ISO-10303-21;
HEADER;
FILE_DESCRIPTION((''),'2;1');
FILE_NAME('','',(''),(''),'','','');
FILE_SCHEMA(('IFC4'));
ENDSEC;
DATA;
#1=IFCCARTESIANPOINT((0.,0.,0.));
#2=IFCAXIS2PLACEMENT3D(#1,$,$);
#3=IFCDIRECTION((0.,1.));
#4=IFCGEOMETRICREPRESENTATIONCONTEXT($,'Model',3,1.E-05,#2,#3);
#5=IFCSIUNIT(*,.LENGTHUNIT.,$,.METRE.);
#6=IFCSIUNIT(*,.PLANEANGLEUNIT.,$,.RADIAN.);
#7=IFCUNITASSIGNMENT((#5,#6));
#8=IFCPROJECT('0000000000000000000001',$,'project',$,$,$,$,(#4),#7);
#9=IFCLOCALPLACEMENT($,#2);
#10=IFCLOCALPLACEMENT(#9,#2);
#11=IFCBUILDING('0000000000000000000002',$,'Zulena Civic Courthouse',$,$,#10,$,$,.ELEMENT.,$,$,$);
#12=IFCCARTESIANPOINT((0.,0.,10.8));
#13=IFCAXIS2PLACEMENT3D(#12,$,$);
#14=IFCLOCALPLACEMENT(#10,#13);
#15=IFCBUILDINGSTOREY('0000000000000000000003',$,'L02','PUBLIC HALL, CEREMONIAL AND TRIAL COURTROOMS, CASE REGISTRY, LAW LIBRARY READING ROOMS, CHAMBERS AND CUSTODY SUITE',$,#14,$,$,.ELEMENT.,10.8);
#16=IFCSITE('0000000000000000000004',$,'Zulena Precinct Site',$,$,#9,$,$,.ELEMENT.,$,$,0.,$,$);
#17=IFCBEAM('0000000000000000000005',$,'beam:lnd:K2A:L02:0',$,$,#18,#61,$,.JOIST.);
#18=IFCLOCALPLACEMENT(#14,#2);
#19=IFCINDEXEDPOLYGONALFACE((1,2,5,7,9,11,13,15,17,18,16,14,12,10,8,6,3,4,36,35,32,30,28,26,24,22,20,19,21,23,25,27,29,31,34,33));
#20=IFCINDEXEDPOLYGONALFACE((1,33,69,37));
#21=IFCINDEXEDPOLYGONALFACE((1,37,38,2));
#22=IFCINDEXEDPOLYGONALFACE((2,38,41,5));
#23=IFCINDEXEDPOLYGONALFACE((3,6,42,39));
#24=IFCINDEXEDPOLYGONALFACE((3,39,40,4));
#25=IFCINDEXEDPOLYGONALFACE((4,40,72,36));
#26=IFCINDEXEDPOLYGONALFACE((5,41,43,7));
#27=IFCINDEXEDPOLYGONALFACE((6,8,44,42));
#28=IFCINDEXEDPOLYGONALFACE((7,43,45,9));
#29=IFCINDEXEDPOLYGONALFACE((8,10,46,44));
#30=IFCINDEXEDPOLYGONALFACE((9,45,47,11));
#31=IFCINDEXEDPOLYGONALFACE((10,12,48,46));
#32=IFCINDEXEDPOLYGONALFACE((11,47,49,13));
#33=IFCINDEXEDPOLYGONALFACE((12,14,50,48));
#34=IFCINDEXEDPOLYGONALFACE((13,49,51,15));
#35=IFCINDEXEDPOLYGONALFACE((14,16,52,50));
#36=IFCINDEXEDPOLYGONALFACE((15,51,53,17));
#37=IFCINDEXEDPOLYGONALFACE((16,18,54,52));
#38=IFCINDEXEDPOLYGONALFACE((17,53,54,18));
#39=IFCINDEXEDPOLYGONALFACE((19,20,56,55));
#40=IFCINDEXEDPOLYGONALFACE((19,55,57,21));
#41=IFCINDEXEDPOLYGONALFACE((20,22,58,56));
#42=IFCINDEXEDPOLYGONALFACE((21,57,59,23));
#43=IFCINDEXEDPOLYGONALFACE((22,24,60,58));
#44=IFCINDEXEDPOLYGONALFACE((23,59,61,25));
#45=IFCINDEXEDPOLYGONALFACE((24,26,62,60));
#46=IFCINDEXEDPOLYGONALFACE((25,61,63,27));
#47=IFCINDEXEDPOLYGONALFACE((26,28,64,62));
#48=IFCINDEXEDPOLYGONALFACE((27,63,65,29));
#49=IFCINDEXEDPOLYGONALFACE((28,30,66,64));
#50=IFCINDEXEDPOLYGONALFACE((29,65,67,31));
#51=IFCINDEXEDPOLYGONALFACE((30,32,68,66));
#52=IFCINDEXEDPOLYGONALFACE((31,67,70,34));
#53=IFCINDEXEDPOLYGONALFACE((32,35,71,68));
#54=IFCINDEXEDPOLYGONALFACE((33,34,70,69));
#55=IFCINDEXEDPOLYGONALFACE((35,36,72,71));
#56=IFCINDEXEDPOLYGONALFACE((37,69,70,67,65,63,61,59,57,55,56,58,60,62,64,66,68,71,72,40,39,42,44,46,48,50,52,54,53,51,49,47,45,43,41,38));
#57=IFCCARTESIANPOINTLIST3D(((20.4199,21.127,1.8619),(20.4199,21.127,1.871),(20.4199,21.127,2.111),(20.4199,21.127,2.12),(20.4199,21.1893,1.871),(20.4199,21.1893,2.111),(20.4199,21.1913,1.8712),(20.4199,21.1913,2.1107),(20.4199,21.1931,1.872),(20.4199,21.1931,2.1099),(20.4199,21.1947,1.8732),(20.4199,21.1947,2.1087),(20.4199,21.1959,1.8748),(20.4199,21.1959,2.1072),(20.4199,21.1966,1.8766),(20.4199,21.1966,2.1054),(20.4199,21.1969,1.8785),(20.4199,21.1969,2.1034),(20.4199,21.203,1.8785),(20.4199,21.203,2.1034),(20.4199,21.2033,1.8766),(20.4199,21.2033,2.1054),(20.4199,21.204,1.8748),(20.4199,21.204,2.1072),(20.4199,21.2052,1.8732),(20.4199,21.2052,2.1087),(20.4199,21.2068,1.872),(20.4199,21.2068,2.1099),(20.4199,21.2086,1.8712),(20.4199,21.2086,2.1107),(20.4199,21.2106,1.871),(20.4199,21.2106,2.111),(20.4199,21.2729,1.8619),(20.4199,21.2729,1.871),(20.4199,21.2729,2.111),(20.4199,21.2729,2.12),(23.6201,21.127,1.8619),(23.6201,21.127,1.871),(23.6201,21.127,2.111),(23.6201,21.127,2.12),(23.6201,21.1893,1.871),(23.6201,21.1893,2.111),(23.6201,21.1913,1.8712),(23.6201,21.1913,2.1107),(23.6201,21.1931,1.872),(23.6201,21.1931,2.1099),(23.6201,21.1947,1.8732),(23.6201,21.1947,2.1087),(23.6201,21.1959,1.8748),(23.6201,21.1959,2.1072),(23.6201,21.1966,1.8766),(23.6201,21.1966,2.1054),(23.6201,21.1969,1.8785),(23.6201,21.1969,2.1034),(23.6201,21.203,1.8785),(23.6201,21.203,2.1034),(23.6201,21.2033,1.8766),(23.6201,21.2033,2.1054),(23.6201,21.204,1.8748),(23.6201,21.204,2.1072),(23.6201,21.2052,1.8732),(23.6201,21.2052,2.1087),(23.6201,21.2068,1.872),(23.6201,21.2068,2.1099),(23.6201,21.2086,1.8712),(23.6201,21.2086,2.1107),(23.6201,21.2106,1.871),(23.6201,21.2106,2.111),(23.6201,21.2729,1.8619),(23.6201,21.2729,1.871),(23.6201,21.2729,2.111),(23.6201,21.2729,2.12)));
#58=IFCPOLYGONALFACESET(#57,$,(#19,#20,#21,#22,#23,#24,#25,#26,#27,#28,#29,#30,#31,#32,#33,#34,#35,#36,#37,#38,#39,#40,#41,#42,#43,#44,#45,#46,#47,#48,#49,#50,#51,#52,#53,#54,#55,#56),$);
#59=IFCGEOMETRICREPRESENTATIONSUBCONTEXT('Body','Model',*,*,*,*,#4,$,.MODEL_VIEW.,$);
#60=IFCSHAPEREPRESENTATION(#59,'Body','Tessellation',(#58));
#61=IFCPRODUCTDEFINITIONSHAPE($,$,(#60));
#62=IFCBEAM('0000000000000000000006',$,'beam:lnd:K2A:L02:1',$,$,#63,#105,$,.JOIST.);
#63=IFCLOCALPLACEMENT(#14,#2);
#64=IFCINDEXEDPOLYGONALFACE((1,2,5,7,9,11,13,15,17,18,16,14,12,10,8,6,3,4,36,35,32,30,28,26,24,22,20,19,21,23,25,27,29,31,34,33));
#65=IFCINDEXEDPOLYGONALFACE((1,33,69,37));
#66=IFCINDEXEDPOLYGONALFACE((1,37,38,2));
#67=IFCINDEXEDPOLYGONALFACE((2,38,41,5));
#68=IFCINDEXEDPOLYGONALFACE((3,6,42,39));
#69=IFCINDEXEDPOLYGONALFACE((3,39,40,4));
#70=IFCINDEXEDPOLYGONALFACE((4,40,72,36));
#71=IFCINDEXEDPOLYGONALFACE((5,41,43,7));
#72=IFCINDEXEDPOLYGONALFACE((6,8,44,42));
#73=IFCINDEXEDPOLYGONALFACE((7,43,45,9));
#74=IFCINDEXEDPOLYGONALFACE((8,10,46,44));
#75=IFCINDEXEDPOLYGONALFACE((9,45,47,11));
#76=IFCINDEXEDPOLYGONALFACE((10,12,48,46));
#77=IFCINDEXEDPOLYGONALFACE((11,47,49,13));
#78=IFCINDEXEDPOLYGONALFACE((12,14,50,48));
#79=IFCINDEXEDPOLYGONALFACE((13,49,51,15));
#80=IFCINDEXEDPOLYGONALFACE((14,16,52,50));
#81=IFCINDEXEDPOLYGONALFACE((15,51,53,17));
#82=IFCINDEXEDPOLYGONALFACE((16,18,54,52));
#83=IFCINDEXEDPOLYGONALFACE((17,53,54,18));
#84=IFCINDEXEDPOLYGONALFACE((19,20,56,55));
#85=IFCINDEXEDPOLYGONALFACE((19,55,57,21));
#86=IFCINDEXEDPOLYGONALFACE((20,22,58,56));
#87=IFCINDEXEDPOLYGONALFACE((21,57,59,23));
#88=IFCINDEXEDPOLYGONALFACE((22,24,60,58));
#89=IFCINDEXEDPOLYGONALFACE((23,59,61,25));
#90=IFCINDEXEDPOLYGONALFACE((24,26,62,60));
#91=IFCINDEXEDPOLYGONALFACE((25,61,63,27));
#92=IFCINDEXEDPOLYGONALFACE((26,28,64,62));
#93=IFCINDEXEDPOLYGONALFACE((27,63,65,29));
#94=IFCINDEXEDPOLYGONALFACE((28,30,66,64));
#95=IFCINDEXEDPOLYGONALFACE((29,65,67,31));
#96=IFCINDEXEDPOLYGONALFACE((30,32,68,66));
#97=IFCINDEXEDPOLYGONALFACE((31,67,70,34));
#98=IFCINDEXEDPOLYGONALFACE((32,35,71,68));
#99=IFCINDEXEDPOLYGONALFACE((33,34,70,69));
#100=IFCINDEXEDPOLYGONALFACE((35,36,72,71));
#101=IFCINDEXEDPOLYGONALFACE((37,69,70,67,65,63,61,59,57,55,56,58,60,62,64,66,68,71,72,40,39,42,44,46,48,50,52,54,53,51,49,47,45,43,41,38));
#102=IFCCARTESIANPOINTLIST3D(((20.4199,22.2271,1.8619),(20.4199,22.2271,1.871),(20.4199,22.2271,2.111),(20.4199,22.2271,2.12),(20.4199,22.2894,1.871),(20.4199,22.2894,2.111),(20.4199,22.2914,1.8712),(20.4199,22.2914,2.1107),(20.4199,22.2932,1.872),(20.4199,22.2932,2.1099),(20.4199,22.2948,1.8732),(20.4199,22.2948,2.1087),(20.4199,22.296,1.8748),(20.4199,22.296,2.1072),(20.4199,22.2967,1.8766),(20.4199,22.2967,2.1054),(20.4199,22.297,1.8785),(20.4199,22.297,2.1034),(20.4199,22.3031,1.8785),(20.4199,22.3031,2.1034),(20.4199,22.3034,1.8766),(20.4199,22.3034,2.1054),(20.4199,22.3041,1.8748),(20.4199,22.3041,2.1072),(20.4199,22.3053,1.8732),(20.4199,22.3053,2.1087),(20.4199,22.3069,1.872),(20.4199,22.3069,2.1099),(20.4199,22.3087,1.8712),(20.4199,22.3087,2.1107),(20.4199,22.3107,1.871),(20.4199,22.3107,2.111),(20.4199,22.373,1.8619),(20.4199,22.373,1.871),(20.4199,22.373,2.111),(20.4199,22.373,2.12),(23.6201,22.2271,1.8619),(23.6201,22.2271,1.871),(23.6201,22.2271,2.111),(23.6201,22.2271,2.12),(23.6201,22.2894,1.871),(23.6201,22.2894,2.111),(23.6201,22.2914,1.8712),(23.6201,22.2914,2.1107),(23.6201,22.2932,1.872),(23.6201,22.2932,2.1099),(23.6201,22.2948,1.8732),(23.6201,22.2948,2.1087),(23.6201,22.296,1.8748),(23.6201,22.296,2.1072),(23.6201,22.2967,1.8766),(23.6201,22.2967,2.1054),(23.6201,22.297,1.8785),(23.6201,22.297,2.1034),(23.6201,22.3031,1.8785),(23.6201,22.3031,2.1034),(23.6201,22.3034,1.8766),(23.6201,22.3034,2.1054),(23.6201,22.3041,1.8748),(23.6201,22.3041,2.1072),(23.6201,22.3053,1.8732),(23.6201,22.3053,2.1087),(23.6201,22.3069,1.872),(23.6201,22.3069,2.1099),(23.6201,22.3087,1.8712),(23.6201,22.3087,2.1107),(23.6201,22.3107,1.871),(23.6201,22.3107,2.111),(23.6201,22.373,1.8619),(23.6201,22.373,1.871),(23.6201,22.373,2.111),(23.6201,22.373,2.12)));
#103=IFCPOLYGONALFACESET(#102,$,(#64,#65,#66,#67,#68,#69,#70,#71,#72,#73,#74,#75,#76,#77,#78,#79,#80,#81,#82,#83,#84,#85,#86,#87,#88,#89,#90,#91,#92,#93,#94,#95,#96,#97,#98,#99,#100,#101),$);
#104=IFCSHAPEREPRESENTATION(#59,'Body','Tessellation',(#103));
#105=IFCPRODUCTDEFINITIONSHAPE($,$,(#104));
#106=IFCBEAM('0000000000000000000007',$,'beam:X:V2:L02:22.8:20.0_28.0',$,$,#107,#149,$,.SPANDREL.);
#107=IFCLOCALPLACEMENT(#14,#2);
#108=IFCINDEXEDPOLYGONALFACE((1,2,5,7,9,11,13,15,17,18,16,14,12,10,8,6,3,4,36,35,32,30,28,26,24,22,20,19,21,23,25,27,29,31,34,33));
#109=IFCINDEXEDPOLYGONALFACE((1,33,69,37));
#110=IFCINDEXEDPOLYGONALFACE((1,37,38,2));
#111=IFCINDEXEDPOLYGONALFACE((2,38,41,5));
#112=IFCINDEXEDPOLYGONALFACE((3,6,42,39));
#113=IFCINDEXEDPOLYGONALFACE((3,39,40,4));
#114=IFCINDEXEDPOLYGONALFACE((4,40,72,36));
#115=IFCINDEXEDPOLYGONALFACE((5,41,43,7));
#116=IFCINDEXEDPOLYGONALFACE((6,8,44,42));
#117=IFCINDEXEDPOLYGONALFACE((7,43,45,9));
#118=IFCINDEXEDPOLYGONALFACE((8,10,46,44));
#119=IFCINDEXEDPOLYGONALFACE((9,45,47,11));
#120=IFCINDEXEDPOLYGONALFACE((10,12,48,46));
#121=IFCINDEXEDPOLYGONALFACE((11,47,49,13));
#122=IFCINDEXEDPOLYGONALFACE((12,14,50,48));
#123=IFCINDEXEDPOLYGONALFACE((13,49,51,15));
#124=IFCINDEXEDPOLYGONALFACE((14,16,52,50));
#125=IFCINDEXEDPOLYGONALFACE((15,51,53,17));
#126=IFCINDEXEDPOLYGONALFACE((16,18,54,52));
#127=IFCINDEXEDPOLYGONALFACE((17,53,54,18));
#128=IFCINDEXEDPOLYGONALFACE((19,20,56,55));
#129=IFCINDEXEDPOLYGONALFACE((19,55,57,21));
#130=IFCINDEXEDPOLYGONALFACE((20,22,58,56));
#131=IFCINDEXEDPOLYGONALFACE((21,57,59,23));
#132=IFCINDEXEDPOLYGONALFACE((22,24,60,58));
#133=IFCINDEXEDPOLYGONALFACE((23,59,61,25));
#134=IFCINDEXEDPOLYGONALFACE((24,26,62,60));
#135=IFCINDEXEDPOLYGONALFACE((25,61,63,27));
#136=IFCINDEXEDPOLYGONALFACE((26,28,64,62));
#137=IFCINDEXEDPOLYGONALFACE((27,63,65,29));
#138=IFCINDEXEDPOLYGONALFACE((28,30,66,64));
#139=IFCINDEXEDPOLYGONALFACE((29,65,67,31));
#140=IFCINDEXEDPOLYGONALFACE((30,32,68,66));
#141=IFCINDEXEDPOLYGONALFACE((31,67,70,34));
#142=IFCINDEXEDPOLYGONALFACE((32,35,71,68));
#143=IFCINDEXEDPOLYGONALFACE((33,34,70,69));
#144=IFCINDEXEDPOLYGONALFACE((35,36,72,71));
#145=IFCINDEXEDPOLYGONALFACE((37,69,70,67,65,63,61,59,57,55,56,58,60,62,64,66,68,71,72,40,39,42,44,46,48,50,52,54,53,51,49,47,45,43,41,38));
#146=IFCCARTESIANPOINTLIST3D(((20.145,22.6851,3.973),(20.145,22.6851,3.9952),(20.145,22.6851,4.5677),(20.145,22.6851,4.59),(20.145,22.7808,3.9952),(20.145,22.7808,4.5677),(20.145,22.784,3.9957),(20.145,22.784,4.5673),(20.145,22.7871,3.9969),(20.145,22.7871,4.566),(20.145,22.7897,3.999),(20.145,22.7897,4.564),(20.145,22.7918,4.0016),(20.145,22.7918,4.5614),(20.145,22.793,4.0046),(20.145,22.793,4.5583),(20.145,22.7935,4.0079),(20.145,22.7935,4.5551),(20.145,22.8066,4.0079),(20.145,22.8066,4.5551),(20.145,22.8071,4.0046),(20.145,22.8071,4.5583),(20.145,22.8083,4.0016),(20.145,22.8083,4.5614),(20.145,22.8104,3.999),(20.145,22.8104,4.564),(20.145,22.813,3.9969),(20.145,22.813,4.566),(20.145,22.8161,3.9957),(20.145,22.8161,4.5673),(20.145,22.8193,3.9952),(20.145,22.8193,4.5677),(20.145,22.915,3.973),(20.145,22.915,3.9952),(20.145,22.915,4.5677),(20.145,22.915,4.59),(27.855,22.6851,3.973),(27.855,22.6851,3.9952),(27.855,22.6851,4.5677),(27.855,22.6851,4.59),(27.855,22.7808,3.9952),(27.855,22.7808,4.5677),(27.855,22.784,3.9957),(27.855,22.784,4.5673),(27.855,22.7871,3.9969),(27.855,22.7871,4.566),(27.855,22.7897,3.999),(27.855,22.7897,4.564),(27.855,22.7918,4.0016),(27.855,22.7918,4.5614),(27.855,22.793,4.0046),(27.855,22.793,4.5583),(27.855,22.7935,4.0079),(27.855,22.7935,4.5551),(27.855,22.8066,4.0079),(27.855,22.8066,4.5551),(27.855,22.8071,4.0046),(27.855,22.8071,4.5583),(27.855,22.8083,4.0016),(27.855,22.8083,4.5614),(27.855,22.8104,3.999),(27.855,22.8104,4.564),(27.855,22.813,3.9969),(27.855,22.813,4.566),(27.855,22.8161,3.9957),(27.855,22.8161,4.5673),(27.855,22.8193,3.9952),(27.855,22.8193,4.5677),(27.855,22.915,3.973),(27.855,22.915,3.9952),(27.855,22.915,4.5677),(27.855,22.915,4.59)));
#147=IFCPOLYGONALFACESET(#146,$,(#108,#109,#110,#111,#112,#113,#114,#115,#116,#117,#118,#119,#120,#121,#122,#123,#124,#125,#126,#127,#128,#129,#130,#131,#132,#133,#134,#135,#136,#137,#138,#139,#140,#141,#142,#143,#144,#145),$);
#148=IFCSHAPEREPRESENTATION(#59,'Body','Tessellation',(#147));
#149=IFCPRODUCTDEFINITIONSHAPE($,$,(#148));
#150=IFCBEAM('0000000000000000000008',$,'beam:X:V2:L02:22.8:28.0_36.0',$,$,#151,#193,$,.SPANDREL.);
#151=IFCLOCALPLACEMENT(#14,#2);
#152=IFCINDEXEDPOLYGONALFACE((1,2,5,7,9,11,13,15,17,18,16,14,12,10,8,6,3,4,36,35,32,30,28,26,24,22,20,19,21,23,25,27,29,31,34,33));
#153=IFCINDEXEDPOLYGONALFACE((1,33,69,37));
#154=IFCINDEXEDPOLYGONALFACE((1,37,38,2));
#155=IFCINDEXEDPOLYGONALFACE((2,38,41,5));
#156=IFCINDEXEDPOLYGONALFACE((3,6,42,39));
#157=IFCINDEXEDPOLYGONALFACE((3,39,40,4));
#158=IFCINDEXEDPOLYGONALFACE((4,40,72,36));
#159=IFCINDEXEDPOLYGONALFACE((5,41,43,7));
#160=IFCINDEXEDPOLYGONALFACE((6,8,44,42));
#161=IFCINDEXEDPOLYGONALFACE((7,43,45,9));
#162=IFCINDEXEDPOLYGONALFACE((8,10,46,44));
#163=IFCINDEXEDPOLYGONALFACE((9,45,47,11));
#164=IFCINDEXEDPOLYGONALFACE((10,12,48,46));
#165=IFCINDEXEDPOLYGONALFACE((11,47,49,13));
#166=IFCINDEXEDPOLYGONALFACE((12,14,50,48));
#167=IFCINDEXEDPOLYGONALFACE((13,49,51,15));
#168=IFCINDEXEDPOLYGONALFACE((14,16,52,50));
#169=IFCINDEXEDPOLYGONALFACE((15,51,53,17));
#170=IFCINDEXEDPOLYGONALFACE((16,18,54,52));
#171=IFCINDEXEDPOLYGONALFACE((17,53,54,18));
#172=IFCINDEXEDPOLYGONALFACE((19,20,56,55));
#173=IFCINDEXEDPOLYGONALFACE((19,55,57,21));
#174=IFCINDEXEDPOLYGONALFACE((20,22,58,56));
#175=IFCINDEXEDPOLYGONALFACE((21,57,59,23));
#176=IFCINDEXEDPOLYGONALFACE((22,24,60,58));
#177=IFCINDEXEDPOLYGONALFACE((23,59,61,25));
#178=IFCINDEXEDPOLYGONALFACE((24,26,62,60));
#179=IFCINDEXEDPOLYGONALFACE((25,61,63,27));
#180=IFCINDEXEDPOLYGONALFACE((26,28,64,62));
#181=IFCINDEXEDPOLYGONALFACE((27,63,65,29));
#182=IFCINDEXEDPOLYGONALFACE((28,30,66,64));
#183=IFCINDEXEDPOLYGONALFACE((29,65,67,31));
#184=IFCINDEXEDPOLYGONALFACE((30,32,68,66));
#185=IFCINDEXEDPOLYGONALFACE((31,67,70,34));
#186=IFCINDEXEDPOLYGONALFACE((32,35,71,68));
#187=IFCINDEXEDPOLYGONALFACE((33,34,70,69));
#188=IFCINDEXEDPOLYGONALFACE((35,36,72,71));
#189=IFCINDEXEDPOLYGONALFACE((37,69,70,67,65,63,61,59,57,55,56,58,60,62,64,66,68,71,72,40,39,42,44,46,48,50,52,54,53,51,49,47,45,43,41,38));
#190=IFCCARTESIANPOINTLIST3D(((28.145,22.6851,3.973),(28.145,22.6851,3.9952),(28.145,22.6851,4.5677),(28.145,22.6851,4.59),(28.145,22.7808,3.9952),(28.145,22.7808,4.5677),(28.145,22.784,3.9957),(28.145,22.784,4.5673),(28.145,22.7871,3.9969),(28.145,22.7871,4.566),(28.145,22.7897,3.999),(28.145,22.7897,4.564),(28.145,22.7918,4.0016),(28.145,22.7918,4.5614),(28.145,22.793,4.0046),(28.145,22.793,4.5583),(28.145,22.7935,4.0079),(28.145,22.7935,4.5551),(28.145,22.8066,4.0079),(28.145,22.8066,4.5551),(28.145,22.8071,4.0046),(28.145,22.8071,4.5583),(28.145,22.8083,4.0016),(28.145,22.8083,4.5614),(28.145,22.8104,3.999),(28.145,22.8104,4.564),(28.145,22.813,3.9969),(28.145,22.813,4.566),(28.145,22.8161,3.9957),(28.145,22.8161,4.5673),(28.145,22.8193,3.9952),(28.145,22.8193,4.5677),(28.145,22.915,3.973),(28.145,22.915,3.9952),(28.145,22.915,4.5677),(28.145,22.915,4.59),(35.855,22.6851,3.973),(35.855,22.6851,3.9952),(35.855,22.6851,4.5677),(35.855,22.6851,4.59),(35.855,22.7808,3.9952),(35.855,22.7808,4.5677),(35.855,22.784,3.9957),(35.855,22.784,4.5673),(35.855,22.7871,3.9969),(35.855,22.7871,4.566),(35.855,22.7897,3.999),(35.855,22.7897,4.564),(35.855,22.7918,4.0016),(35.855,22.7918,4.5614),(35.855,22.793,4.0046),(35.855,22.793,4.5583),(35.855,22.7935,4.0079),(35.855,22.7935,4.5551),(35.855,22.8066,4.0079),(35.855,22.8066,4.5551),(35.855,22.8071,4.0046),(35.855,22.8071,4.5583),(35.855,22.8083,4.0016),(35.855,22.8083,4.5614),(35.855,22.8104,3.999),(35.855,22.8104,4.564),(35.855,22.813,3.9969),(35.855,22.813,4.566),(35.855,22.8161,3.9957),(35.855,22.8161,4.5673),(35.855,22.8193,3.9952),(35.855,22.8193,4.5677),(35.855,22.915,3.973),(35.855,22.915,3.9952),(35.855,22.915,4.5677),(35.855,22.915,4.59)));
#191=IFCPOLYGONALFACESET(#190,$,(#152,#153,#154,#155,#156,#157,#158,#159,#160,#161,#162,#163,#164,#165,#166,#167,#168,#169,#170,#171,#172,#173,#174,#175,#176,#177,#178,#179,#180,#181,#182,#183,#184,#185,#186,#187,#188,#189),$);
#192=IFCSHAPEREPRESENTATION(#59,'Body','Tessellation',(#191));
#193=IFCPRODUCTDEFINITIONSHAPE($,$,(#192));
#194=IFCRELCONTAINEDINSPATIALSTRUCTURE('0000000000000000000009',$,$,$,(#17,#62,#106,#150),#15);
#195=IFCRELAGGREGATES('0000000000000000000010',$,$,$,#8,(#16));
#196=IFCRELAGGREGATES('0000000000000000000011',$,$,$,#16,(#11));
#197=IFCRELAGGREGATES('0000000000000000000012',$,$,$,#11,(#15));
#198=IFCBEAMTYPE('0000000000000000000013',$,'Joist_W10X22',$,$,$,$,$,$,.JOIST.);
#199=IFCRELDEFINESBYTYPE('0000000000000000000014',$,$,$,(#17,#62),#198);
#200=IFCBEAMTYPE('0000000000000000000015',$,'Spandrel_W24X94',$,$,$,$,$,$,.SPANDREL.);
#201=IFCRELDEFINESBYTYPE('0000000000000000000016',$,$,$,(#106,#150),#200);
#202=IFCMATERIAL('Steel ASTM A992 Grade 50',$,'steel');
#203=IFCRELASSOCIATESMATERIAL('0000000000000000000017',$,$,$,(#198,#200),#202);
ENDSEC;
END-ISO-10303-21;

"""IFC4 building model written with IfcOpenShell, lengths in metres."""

from ifc_helpers import new_model, si_unit, direction, frame, origin, origin_2d, place, context, subcontext, project, spatial, i_section, extrude, material, material_profile, profile_set, type_object, element, save


model = new_model("IFC4")

# Units and contexts
model_context = context("Model", 3, precision=1e-05, world=origin(), true_north=direction((0.0, 1.0)))
body_context = subcontext(model_context, "Body", "Model", "MODEL_VIEW")
ifc_project = project(units=[si_unit("LENGTHUNIT", "METRE"), si_unit("PLANEANGLEUNIT", "RADIAN")], contexts=[model_context])

# Site, building, storey
site_placement = place(None, origin())
site = spatial("IfcSite", under=ifc_project, at=site_placement, Name="Zulena Precinct Site", CompositionType="ELEMENT", RefElevation=0.0)
building_placement = place(site_placement, origin())
building = spatial("IfcBuilding", under=site, at=building_placement, Name="Zulena Civic Courthouse", CompositionType="ELEMENT")
storey_placement = place(building_placement, frame((0.0, 0.0, 10.8)))
storey = spatial("IfcBuildingStorey", under=building, at=storey_placement, Name="L02", Description="PUBLIC HALL, CEREMONIAL AND TRIAL COURTROOMS, CASE REGISTRY, LAW LIBRARY READING ROOMS, CHAMBERS AND CUSTODY SUITE", CompositionType="ELEMENT", Elevation=10.8)

# Shared definitions
ifc_material_1 = material(Name="Steel ASTM A992 Grade 50", Category="steel")

# Beams
ifc_material_profile_1 = material_profile(ifc_material_1, i_section(OverallWidth=0.146, OverallDepth=0.2581, WebThickness=0.0061, FlangeThickness=0.009, FilletRadius=0.0076, at=origin_2d()), Name="W10X22")
ifc_profile_set_1 = profile_set([ifc_material_profile_1], Name="Steel ASTM A992 Grade 50")
beam_type_1 = type_object("IfcBeamType", Name="Joist_W10X22", PredefinedType="JOIST", material=ifc_profile_set_1)
for number, where, z_axis, x_axis, name in (
    (1, (20.4199, 21.2, 1.991), (1.0, 0.0, 0.0), (0.0, 1.0, 0.0), "beam:lnd:K2A:L02:0"),
    (2, (20.4199, 22.3, 1.991), (1.0, 0.0, 0.0), (0.0, 1.0, 0.0), "beam:lnd:K2A:L02:1"),
):
    element("IfcBeam", number, at=place(storey_placement, frame(where, z_axis=z_axis, x_axis=x_axis)), inside=storey, type_object=beam_type_1, Name=name, PredefinedType="JOIST", context=body_context, shape_type="SweptSolid", body=[
        extrude(i_section(OverallWidth=0.146, OverallDepth=0.2581, WebThickness=0.0061, FlangeThickness=0.009, FilletRadius=0.0076, at=origin_2d()), origin(), (0.0, 0.0, 1.0), 3.2002),
    ])
ifc_material_profile_2 = material_profile(ifc_material_1, i_section(OverallWidth=0.23, OverallDepth=0.6169, WebThickness=0.0132, FlangeThickness=0.0222, FilletRadius=0.0127, at=origin_2d()), Name="W24X94")
ifc_profile_set_2 = profile_set([ifc_material_profile_2], Name="Steel ASTM A992 Grade 50")
beam_type_2 = type_object("IfcBeamType", Name="Spandrel_W24X94", PredefinedType="SPANDREL", material=ifc_profile_set_2)
for number, where, z_axis, x_axis, name in (
    (3, (20.145, 22.8, 4.2815), (1.0, 0.0, 0.0), (0.0, 1.0, 0.0), "beam:X:V2:L02:22.8:20.0_28.0"),
    (4, (28.145, 22.8, 4.2815), (1.0, 0.0, 0.0), (0.0, 1.0, 0.0), "beam:X:V2:L02:22.8:28.0_36.0"),
):
    element("IfcBeam", number, at=place(storey_placement, frame(where, z_axis=z_axis, x_axis=x_axis)), inside=storey, type_object=beam_type_2, Name=name, PredefinedType="SPANDREL", context=body_context, shape_type="SweptSolid", body=[
        extrude(i_section(OverallWidth=0.23, OverallDepth=0.6169, WebThickness=0.0132, FlangeThickness=0.0222, FilletRadius=0.0127, at=origin_2d()), origin(), (0.0, 0.0, 1.0), 7.71),
    ])

save(model, "model.ifc")
